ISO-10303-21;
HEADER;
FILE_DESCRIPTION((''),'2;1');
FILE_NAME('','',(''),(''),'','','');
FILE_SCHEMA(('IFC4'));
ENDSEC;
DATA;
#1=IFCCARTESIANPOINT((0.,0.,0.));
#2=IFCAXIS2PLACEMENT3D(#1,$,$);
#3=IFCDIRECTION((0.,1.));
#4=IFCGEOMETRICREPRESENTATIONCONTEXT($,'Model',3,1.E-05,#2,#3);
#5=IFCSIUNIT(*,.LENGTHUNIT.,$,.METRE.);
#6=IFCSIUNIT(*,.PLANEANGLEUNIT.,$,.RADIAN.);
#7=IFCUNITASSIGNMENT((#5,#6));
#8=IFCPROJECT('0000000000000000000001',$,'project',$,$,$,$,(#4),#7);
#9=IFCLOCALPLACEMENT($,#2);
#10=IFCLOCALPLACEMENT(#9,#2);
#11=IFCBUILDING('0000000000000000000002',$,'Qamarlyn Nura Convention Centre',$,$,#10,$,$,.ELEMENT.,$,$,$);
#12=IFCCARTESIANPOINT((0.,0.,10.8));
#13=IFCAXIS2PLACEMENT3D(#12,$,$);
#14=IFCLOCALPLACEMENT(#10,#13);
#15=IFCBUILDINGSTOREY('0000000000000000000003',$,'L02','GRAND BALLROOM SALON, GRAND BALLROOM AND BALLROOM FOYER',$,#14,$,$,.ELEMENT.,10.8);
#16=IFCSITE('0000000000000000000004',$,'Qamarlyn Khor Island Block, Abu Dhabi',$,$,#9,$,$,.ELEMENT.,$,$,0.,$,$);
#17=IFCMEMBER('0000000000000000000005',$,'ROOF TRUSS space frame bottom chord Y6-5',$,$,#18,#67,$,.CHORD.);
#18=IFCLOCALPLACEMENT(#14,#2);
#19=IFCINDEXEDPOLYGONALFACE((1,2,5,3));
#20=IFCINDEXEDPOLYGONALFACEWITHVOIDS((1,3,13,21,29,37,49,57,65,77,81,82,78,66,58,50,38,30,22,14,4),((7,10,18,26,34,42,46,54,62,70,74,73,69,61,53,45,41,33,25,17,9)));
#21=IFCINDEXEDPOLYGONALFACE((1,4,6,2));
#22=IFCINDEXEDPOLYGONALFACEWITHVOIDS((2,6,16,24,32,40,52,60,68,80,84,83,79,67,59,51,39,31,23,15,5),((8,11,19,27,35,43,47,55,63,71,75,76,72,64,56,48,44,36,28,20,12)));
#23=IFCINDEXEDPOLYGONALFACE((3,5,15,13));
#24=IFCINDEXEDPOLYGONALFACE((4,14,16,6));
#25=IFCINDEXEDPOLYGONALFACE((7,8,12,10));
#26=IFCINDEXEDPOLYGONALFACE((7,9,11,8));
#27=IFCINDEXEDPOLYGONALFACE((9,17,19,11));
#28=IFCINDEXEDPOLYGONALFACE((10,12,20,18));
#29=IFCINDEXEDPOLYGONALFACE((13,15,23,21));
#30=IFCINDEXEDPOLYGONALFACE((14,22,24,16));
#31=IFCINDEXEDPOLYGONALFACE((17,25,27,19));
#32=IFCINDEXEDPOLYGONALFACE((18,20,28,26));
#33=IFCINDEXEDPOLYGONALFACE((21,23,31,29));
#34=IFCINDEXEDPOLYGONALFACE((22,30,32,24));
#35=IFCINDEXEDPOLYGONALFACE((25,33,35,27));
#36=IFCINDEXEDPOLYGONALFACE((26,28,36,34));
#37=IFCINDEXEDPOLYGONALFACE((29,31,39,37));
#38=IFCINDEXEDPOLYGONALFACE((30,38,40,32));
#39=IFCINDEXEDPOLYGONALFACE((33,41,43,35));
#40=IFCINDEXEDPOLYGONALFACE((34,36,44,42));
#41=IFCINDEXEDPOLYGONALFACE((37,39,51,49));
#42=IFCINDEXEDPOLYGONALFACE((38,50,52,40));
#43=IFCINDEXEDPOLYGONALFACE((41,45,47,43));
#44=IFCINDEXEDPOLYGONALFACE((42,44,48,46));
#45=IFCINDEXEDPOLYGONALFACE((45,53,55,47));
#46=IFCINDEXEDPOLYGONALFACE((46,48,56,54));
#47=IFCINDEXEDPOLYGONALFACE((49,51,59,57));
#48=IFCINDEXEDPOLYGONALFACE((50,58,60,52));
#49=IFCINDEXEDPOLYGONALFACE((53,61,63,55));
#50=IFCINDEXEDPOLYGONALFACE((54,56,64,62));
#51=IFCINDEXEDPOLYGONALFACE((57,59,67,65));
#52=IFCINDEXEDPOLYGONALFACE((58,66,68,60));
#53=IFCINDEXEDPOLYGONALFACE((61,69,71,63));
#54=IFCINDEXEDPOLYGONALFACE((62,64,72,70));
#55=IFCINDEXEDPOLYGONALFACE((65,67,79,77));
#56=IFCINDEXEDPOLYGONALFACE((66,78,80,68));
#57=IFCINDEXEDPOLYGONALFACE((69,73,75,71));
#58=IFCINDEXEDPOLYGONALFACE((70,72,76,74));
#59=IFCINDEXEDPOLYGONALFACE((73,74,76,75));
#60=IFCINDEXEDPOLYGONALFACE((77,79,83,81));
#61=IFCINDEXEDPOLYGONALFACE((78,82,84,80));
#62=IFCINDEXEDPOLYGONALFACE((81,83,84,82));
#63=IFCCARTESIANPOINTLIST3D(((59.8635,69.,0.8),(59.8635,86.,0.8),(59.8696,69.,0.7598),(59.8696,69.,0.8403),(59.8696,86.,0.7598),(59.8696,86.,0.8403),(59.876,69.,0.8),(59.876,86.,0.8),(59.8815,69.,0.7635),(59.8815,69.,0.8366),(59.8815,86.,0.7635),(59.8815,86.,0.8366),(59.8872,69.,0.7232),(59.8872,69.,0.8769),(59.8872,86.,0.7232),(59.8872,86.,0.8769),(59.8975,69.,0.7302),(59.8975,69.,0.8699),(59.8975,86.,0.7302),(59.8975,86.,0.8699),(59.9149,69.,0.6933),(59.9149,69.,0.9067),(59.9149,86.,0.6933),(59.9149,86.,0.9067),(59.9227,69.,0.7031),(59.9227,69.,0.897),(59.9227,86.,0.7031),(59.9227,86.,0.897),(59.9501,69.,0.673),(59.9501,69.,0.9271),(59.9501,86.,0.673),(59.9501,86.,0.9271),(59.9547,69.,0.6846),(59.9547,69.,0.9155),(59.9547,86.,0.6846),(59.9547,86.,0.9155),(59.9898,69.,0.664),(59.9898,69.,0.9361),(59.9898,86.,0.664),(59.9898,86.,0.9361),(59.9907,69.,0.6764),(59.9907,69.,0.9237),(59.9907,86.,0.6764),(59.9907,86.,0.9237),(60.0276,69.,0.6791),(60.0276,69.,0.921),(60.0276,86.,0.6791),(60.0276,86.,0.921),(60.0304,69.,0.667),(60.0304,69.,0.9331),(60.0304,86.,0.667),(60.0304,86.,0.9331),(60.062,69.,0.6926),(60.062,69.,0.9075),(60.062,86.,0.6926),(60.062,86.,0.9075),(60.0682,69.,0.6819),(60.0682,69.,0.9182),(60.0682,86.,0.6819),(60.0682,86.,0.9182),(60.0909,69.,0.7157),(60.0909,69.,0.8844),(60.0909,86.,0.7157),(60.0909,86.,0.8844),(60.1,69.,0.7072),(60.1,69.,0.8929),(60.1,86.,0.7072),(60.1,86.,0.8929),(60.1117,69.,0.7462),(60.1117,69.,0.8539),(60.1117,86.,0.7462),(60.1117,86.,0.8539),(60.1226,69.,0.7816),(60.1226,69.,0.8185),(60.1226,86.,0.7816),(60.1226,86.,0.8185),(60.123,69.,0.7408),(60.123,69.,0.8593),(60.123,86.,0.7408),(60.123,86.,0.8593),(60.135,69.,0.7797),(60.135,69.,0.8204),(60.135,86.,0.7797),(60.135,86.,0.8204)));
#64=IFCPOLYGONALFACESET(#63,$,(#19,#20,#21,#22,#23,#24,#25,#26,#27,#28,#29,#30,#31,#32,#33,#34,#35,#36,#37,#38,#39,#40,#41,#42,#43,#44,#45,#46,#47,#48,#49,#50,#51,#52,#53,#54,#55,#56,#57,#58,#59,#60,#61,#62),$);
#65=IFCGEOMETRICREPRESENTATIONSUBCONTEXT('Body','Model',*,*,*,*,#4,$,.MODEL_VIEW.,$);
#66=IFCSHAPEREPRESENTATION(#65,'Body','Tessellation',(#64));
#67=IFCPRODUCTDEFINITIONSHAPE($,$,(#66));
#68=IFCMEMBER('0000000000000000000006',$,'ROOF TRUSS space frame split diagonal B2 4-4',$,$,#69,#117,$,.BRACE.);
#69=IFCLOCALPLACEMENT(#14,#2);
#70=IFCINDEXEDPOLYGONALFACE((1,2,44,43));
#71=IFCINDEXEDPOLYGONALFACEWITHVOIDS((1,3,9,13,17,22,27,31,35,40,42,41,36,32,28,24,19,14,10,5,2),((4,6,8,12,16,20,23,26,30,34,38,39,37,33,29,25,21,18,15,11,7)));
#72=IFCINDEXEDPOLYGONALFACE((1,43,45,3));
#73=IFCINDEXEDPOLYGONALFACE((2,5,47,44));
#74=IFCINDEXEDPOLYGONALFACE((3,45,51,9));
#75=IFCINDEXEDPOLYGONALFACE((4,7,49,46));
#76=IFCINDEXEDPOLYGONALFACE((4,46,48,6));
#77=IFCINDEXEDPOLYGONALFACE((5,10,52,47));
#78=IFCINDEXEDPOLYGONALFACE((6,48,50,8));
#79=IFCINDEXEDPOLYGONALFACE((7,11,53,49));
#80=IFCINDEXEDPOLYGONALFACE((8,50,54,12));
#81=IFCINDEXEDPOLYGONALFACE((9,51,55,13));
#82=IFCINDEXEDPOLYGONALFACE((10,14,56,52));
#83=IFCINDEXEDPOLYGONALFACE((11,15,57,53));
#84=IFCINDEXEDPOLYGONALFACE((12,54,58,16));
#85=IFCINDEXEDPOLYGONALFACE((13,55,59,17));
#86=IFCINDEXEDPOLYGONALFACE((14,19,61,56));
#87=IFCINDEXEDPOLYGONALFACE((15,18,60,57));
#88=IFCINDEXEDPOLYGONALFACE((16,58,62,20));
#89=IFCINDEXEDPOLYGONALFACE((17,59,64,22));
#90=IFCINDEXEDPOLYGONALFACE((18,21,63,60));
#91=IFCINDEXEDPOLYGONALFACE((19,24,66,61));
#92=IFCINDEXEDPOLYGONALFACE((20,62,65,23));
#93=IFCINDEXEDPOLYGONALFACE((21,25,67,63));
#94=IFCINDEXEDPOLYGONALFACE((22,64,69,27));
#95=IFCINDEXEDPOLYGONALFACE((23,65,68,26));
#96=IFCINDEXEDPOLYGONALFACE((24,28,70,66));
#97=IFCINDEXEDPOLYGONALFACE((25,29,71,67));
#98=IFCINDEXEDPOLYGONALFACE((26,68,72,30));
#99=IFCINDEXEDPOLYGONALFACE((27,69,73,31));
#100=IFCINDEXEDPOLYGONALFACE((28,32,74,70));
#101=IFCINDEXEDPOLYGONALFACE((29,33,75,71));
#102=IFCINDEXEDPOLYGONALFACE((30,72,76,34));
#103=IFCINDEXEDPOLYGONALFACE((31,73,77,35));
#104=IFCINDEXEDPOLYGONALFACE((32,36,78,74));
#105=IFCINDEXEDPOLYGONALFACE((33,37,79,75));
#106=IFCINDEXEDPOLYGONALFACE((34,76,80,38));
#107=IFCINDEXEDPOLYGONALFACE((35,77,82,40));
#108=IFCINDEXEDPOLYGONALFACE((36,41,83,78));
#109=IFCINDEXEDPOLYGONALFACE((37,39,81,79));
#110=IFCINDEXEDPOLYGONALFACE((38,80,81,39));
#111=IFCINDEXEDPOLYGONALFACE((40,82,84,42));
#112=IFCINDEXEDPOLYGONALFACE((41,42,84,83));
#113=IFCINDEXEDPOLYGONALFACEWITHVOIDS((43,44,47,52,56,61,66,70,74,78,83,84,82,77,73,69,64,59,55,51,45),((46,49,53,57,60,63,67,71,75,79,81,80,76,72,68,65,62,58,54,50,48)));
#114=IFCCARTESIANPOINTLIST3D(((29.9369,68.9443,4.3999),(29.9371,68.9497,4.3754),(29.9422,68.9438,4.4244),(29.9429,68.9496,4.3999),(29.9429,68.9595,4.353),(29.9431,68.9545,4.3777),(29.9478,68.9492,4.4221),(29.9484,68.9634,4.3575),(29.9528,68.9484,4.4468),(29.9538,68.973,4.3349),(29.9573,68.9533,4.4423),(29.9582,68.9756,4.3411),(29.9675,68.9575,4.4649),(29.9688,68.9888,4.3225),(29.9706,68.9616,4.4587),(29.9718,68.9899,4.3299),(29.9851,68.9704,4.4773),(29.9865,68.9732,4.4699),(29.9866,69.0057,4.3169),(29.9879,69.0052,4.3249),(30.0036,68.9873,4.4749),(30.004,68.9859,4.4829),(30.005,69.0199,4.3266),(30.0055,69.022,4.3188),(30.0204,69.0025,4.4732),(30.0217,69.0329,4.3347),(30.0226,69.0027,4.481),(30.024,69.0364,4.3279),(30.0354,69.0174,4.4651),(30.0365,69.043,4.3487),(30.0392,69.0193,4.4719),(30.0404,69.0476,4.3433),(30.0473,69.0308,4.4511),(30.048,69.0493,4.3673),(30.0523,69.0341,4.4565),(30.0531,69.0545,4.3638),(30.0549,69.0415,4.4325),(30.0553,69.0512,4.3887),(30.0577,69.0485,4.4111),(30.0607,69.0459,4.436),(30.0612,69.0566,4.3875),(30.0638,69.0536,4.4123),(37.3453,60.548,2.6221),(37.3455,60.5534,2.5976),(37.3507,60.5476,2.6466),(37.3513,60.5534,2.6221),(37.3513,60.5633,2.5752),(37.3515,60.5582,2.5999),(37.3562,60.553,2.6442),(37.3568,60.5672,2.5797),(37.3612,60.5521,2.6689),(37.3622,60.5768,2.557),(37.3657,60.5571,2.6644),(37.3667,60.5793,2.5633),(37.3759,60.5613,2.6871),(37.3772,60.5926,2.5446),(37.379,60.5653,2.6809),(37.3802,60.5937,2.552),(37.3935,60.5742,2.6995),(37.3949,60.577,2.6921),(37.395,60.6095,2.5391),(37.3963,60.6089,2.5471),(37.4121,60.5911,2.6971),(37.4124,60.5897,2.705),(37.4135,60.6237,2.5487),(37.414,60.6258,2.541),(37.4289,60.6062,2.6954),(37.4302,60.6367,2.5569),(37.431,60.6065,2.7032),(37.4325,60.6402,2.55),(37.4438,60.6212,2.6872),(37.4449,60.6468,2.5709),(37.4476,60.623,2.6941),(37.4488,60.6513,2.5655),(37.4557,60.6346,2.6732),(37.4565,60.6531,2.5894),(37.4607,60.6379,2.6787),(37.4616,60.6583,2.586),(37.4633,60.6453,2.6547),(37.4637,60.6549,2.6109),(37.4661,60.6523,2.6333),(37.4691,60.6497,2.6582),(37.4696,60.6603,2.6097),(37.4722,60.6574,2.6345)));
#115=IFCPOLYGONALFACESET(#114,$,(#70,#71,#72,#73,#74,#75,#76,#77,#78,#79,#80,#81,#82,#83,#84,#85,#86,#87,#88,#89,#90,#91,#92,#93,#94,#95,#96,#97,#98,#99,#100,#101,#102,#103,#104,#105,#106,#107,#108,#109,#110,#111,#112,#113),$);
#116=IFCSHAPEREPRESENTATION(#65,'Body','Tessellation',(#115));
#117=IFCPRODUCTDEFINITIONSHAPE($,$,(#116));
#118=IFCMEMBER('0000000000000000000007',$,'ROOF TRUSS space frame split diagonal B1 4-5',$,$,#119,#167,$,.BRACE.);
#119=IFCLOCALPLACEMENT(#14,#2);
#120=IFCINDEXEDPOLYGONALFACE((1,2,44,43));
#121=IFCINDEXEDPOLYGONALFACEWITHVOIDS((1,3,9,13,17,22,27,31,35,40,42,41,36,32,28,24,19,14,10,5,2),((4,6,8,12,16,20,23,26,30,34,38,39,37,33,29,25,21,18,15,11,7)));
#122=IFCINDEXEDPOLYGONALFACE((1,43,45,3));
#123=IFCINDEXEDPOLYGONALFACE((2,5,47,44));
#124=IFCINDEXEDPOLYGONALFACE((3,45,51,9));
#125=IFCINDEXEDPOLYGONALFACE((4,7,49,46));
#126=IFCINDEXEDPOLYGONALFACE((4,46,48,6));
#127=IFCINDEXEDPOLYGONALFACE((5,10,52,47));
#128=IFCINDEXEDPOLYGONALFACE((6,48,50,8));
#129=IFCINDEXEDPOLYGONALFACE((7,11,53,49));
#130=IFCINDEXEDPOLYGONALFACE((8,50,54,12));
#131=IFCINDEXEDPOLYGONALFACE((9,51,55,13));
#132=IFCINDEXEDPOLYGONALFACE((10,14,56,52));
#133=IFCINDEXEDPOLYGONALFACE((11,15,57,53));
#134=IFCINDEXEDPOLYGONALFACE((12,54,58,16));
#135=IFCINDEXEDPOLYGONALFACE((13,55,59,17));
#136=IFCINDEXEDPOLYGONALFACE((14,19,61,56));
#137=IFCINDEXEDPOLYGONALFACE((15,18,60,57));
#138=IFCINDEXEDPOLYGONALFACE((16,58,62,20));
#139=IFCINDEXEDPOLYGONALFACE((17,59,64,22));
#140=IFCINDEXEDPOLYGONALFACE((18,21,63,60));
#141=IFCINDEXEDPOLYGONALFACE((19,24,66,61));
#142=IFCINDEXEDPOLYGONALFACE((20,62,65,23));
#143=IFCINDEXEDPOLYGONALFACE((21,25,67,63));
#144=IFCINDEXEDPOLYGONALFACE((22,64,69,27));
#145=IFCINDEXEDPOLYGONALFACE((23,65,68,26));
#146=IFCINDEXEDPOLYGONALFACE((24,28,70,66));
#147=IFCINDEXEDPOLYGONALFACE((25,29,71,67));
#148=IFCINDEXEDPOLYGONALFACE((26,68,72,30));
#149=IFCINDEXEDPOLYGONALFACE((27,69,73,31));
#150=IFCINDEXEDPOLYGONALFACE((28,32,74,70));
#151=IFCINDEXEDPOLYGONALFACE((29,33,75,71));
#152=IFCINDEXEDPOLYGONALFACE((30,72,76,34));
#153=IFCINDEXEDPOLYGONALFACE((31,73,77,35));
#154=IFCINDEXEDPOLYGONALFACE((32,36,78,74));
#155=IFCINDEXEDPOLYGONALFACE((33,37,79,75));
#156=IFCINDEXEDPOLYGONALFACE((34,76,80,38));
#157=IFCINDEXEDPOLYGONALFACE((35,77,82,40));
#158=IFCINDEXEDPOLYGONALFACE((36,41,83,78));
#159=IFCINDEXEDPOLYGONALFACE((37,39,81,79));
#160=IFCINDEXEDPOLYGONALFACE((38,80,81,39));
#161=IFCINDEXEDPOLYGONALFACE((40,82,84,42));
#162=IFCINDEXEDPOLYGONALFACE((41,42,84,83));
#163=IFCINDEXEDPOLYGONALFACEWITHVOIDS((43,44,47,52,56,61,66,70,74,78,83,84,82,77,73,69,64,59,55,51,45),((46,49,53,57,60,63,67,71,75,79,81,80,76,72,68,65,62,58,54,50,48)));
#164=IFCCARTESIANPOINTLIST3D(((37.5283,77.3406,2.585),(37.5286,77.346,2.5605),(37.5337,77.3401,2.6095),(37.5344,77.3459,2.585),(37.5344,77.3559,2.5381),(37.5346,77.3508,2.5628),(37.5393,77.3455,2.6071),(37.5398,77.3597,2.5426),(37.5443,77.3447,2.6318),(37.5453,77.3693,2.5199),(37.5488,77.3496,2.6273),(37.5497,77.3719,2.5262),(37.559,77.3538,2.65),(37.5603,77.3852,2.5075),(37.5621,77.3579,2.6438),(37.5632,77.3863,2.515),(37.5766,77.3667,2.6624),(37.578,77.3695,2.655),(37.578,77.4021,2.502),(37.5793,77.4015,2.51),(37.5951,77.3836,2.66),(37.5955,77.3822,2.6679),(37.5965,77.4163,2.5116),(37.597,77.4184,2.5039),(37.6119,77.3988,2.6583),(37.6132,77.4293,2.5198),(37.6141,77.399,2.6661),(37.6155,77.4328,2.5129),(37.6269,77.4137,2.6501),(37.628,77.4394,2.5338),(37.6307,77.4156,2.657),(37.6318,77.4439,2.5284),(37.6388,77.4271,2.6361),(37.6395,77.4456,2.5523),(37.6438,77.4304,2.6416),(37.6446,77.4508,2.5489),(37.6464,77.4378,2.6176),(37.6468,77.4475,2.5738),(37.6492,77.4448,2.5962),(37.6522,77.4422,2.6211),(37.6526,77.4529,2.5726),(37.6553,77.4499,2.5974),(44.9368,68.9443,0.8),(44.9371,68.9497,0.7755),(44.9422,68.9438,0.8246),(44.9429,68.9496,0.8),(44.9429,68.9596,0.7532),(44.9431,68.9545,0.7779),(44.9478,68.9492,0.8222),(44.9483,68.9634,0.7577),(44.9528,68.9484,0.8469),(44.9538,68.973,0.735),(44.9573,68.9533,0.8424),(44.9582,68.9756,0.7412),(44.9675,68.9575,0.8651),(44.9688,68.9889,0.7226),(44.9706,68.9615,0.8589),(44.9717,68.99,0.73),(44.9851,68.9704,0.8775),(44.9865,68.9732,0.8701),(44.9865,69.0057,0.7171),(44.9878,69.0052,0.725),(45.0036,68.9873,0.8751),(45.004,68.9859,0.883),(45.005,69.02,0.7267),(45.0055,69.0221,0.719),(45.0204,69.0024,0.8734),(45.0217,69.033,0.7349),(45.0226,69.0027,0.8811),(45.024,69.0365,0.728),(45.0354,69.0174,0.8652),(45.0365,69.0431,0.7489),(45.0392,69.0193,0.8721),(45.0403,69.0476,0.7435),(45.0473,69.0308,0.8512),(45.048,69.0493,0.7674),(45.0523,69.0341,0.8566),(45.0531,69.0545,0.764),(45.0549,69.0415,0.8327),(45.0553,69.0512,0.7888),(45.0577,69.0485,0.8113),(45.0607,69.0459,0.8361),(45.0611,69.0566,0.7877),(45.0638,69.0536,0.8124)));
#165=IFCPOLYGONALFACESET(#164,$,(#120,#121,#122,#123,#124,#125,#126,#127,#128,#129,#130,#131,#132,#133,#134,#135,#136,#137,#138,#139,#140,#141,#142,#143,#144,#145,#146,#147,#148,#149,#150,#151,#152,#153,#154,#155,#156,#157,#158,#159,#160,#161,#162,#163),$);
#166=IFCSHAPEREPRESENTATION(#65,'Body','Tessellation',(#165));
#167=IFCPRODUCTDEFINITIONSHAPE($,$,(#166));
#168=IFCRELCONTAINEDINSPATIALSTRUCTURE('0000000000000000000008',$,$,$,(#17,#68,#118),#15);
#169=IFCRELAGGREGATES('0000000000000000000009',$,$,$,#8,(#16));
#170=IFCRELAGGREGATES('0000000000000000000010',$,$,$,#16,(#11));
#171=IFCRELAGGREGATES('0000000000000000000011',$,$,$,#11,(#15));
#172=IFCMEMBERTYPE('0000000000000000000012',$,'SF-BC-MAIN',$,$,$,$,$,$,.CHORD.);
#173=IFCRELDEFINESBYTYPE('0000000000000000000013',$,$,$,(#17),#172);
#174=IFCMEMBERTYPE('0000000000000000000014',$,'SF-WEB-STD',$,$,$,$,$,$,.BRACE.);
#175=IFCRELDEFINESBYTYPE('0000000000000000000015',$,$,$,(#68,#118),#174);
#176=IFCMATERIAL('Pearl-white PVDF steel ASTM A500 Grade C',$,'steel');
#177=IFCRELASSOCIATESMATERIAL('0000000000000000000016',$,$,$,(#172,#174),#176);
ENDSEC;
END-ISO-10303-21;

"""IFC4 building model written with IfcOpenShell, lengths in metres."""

from ifc_helpers import new_model, si_unit, direction, frame, origin, origin_2d, place, context, subcontext, project, spatial, hollow_circle, extrude, material, material_profile, profile_set, type_object, element, save


model = new_model("IFC4")

# Units and contexts
model_context = context("Model", 3, precision=1e-05, world=origin(), true_north=direction((0.0, 1.0)))
body_context = subcontext(model_context, "Body", "Model", "MODEL_VIEW")
ifc_project = project(units=[si_unit("LENGTHUNIT", "METRE"), si_unit("PLANEANGLEUNIT", "RADIAN")], contexts=[model_context])

# Site, building, storey
site_placement = place(None, origin())
site = spatial("IfcSite", under=ifc_project, at=site_placement, Name="Qamarlyn Khor Island Block, Abu Dhabi", CompositionType="ELEMENT", RefElevation=0.0)
building_placement = place(site_placement, origin())
building = spatial("IfcBuilding", under=site, at=building_placement, Name="Qamarlyn Nura Convention Centre", CompositionType="ELEMENT")
storey_placement = place(building_placement, frame((0.0, 0.0, 10.8)))
storey = spatial("IfcBuildingStorey", under=building, at=storey_placement, Name="L02", Description="GRAND BALLROOM SALON, GRAND BALLROOM AND BALLROOM FOYER", CompositionType="ELEMENT", Elevation=10.8)

# Members
ifc_material_1 = material(Name="Pearl-white PVDF steel ASTM A500 Grade C", Category="steel")
ifc_material_profile_1 = material_profile(ifc_material_1, hollow_circle(Radius=0.1365, WallThickness=0.0125, at=origin_2d()), Name="CHS273X12.5")
ifc_profile_set_1 = profile_set([ifc_material_profile_1], Name="Pearl-white PVDF steel ASTM A500 Grade C")
member_type_1 = type_object("IfcMemberType", Name="SF-BC-MAIN", PredefinedType="CHORD", material=ifc_profile_set_1)
for number, where, z_axis, x_axis, name in (
    (1, (60.0, 69.0, 0.8), (0.0, 1.0, 0.0), (-1.0, 0.0, 0.0), "ROOF TRUSS space frame bottom chord Y6-5"),
):
    element("IfcMember", number, at=place(storey_placement, frame(where, z_axis=z_axis, x_axis=x_axis)), inside=storey, type_object=member_type_1, Name=name, PredefinedType="CHORD", context=body_context, shape_type="SweptSolid", body=[
        extrude(hollow_circle(Radius=0.1365, WallThickness=0.0125, at=origin_2d()), origin(), (0.0, 0.0, 1.0), 17.0),
    ])
ifc_material_profile_2 = material_profile(ifc_material_1, hollow_circle(Radius=0.0842, WallThickness=0.0081, at=origin_2d()), Name="CHS168.3X8")
ifc_profile_set_2 = profile_set([ifc_material_profile_2], Name="Pearl-white PVDF steel ASTM A500 Grade C")
member_type_2 = type_object("IfcMemberType", Name="SF-WEB-STD", PredefinedType="BRACE", material=ifc_profile_set_2)
member_1_placement = place(storey_placement, frame((37.4084, 60.6038, 2.6221), z_axis=(-0.653437, 0.740562, 0.156808), x_axis=(-0.749838, -0.661622, 0.0)))
element("IfcMember", 2, at=member_1_placement, inside=storey, type_object=member_type_2, Name="ROOF TRUSS space frame split diagonal B2 4-4", PredefinedType="BRACE", context=body_context, shape_type="SweptSolid", body=[
    extrude(hollow_circle(Radius=0.0842, WallThickness=0.0081, at=origin_2d()), origin(), (0.0, 0.0, 1.0), 11.3376),
])
member_2_placement = place(storey_placement, frame((45.0, 69.0, 0.8), z_axis=(-0.653373, 0.740489, 0.157417), x_axis=(-0.749838, -0.661622, 0.0)))
element("IfcMember", 3, at=member_2_placement, inside=storey, type_object=member_type_2, Name="ROOF TRUSS space frame split diagonal B1 4-5", PredefinedType="BRACE", context=body_context, shape_type="SweptSolid", body=[
    extrude(hollow_circle(Radius=0.0842, WallThickness=0.0081, at=origin_2d()), origin(), (0.0, 0.0, 1.0), 11.3389),
])

save(model, "model.ifc")
